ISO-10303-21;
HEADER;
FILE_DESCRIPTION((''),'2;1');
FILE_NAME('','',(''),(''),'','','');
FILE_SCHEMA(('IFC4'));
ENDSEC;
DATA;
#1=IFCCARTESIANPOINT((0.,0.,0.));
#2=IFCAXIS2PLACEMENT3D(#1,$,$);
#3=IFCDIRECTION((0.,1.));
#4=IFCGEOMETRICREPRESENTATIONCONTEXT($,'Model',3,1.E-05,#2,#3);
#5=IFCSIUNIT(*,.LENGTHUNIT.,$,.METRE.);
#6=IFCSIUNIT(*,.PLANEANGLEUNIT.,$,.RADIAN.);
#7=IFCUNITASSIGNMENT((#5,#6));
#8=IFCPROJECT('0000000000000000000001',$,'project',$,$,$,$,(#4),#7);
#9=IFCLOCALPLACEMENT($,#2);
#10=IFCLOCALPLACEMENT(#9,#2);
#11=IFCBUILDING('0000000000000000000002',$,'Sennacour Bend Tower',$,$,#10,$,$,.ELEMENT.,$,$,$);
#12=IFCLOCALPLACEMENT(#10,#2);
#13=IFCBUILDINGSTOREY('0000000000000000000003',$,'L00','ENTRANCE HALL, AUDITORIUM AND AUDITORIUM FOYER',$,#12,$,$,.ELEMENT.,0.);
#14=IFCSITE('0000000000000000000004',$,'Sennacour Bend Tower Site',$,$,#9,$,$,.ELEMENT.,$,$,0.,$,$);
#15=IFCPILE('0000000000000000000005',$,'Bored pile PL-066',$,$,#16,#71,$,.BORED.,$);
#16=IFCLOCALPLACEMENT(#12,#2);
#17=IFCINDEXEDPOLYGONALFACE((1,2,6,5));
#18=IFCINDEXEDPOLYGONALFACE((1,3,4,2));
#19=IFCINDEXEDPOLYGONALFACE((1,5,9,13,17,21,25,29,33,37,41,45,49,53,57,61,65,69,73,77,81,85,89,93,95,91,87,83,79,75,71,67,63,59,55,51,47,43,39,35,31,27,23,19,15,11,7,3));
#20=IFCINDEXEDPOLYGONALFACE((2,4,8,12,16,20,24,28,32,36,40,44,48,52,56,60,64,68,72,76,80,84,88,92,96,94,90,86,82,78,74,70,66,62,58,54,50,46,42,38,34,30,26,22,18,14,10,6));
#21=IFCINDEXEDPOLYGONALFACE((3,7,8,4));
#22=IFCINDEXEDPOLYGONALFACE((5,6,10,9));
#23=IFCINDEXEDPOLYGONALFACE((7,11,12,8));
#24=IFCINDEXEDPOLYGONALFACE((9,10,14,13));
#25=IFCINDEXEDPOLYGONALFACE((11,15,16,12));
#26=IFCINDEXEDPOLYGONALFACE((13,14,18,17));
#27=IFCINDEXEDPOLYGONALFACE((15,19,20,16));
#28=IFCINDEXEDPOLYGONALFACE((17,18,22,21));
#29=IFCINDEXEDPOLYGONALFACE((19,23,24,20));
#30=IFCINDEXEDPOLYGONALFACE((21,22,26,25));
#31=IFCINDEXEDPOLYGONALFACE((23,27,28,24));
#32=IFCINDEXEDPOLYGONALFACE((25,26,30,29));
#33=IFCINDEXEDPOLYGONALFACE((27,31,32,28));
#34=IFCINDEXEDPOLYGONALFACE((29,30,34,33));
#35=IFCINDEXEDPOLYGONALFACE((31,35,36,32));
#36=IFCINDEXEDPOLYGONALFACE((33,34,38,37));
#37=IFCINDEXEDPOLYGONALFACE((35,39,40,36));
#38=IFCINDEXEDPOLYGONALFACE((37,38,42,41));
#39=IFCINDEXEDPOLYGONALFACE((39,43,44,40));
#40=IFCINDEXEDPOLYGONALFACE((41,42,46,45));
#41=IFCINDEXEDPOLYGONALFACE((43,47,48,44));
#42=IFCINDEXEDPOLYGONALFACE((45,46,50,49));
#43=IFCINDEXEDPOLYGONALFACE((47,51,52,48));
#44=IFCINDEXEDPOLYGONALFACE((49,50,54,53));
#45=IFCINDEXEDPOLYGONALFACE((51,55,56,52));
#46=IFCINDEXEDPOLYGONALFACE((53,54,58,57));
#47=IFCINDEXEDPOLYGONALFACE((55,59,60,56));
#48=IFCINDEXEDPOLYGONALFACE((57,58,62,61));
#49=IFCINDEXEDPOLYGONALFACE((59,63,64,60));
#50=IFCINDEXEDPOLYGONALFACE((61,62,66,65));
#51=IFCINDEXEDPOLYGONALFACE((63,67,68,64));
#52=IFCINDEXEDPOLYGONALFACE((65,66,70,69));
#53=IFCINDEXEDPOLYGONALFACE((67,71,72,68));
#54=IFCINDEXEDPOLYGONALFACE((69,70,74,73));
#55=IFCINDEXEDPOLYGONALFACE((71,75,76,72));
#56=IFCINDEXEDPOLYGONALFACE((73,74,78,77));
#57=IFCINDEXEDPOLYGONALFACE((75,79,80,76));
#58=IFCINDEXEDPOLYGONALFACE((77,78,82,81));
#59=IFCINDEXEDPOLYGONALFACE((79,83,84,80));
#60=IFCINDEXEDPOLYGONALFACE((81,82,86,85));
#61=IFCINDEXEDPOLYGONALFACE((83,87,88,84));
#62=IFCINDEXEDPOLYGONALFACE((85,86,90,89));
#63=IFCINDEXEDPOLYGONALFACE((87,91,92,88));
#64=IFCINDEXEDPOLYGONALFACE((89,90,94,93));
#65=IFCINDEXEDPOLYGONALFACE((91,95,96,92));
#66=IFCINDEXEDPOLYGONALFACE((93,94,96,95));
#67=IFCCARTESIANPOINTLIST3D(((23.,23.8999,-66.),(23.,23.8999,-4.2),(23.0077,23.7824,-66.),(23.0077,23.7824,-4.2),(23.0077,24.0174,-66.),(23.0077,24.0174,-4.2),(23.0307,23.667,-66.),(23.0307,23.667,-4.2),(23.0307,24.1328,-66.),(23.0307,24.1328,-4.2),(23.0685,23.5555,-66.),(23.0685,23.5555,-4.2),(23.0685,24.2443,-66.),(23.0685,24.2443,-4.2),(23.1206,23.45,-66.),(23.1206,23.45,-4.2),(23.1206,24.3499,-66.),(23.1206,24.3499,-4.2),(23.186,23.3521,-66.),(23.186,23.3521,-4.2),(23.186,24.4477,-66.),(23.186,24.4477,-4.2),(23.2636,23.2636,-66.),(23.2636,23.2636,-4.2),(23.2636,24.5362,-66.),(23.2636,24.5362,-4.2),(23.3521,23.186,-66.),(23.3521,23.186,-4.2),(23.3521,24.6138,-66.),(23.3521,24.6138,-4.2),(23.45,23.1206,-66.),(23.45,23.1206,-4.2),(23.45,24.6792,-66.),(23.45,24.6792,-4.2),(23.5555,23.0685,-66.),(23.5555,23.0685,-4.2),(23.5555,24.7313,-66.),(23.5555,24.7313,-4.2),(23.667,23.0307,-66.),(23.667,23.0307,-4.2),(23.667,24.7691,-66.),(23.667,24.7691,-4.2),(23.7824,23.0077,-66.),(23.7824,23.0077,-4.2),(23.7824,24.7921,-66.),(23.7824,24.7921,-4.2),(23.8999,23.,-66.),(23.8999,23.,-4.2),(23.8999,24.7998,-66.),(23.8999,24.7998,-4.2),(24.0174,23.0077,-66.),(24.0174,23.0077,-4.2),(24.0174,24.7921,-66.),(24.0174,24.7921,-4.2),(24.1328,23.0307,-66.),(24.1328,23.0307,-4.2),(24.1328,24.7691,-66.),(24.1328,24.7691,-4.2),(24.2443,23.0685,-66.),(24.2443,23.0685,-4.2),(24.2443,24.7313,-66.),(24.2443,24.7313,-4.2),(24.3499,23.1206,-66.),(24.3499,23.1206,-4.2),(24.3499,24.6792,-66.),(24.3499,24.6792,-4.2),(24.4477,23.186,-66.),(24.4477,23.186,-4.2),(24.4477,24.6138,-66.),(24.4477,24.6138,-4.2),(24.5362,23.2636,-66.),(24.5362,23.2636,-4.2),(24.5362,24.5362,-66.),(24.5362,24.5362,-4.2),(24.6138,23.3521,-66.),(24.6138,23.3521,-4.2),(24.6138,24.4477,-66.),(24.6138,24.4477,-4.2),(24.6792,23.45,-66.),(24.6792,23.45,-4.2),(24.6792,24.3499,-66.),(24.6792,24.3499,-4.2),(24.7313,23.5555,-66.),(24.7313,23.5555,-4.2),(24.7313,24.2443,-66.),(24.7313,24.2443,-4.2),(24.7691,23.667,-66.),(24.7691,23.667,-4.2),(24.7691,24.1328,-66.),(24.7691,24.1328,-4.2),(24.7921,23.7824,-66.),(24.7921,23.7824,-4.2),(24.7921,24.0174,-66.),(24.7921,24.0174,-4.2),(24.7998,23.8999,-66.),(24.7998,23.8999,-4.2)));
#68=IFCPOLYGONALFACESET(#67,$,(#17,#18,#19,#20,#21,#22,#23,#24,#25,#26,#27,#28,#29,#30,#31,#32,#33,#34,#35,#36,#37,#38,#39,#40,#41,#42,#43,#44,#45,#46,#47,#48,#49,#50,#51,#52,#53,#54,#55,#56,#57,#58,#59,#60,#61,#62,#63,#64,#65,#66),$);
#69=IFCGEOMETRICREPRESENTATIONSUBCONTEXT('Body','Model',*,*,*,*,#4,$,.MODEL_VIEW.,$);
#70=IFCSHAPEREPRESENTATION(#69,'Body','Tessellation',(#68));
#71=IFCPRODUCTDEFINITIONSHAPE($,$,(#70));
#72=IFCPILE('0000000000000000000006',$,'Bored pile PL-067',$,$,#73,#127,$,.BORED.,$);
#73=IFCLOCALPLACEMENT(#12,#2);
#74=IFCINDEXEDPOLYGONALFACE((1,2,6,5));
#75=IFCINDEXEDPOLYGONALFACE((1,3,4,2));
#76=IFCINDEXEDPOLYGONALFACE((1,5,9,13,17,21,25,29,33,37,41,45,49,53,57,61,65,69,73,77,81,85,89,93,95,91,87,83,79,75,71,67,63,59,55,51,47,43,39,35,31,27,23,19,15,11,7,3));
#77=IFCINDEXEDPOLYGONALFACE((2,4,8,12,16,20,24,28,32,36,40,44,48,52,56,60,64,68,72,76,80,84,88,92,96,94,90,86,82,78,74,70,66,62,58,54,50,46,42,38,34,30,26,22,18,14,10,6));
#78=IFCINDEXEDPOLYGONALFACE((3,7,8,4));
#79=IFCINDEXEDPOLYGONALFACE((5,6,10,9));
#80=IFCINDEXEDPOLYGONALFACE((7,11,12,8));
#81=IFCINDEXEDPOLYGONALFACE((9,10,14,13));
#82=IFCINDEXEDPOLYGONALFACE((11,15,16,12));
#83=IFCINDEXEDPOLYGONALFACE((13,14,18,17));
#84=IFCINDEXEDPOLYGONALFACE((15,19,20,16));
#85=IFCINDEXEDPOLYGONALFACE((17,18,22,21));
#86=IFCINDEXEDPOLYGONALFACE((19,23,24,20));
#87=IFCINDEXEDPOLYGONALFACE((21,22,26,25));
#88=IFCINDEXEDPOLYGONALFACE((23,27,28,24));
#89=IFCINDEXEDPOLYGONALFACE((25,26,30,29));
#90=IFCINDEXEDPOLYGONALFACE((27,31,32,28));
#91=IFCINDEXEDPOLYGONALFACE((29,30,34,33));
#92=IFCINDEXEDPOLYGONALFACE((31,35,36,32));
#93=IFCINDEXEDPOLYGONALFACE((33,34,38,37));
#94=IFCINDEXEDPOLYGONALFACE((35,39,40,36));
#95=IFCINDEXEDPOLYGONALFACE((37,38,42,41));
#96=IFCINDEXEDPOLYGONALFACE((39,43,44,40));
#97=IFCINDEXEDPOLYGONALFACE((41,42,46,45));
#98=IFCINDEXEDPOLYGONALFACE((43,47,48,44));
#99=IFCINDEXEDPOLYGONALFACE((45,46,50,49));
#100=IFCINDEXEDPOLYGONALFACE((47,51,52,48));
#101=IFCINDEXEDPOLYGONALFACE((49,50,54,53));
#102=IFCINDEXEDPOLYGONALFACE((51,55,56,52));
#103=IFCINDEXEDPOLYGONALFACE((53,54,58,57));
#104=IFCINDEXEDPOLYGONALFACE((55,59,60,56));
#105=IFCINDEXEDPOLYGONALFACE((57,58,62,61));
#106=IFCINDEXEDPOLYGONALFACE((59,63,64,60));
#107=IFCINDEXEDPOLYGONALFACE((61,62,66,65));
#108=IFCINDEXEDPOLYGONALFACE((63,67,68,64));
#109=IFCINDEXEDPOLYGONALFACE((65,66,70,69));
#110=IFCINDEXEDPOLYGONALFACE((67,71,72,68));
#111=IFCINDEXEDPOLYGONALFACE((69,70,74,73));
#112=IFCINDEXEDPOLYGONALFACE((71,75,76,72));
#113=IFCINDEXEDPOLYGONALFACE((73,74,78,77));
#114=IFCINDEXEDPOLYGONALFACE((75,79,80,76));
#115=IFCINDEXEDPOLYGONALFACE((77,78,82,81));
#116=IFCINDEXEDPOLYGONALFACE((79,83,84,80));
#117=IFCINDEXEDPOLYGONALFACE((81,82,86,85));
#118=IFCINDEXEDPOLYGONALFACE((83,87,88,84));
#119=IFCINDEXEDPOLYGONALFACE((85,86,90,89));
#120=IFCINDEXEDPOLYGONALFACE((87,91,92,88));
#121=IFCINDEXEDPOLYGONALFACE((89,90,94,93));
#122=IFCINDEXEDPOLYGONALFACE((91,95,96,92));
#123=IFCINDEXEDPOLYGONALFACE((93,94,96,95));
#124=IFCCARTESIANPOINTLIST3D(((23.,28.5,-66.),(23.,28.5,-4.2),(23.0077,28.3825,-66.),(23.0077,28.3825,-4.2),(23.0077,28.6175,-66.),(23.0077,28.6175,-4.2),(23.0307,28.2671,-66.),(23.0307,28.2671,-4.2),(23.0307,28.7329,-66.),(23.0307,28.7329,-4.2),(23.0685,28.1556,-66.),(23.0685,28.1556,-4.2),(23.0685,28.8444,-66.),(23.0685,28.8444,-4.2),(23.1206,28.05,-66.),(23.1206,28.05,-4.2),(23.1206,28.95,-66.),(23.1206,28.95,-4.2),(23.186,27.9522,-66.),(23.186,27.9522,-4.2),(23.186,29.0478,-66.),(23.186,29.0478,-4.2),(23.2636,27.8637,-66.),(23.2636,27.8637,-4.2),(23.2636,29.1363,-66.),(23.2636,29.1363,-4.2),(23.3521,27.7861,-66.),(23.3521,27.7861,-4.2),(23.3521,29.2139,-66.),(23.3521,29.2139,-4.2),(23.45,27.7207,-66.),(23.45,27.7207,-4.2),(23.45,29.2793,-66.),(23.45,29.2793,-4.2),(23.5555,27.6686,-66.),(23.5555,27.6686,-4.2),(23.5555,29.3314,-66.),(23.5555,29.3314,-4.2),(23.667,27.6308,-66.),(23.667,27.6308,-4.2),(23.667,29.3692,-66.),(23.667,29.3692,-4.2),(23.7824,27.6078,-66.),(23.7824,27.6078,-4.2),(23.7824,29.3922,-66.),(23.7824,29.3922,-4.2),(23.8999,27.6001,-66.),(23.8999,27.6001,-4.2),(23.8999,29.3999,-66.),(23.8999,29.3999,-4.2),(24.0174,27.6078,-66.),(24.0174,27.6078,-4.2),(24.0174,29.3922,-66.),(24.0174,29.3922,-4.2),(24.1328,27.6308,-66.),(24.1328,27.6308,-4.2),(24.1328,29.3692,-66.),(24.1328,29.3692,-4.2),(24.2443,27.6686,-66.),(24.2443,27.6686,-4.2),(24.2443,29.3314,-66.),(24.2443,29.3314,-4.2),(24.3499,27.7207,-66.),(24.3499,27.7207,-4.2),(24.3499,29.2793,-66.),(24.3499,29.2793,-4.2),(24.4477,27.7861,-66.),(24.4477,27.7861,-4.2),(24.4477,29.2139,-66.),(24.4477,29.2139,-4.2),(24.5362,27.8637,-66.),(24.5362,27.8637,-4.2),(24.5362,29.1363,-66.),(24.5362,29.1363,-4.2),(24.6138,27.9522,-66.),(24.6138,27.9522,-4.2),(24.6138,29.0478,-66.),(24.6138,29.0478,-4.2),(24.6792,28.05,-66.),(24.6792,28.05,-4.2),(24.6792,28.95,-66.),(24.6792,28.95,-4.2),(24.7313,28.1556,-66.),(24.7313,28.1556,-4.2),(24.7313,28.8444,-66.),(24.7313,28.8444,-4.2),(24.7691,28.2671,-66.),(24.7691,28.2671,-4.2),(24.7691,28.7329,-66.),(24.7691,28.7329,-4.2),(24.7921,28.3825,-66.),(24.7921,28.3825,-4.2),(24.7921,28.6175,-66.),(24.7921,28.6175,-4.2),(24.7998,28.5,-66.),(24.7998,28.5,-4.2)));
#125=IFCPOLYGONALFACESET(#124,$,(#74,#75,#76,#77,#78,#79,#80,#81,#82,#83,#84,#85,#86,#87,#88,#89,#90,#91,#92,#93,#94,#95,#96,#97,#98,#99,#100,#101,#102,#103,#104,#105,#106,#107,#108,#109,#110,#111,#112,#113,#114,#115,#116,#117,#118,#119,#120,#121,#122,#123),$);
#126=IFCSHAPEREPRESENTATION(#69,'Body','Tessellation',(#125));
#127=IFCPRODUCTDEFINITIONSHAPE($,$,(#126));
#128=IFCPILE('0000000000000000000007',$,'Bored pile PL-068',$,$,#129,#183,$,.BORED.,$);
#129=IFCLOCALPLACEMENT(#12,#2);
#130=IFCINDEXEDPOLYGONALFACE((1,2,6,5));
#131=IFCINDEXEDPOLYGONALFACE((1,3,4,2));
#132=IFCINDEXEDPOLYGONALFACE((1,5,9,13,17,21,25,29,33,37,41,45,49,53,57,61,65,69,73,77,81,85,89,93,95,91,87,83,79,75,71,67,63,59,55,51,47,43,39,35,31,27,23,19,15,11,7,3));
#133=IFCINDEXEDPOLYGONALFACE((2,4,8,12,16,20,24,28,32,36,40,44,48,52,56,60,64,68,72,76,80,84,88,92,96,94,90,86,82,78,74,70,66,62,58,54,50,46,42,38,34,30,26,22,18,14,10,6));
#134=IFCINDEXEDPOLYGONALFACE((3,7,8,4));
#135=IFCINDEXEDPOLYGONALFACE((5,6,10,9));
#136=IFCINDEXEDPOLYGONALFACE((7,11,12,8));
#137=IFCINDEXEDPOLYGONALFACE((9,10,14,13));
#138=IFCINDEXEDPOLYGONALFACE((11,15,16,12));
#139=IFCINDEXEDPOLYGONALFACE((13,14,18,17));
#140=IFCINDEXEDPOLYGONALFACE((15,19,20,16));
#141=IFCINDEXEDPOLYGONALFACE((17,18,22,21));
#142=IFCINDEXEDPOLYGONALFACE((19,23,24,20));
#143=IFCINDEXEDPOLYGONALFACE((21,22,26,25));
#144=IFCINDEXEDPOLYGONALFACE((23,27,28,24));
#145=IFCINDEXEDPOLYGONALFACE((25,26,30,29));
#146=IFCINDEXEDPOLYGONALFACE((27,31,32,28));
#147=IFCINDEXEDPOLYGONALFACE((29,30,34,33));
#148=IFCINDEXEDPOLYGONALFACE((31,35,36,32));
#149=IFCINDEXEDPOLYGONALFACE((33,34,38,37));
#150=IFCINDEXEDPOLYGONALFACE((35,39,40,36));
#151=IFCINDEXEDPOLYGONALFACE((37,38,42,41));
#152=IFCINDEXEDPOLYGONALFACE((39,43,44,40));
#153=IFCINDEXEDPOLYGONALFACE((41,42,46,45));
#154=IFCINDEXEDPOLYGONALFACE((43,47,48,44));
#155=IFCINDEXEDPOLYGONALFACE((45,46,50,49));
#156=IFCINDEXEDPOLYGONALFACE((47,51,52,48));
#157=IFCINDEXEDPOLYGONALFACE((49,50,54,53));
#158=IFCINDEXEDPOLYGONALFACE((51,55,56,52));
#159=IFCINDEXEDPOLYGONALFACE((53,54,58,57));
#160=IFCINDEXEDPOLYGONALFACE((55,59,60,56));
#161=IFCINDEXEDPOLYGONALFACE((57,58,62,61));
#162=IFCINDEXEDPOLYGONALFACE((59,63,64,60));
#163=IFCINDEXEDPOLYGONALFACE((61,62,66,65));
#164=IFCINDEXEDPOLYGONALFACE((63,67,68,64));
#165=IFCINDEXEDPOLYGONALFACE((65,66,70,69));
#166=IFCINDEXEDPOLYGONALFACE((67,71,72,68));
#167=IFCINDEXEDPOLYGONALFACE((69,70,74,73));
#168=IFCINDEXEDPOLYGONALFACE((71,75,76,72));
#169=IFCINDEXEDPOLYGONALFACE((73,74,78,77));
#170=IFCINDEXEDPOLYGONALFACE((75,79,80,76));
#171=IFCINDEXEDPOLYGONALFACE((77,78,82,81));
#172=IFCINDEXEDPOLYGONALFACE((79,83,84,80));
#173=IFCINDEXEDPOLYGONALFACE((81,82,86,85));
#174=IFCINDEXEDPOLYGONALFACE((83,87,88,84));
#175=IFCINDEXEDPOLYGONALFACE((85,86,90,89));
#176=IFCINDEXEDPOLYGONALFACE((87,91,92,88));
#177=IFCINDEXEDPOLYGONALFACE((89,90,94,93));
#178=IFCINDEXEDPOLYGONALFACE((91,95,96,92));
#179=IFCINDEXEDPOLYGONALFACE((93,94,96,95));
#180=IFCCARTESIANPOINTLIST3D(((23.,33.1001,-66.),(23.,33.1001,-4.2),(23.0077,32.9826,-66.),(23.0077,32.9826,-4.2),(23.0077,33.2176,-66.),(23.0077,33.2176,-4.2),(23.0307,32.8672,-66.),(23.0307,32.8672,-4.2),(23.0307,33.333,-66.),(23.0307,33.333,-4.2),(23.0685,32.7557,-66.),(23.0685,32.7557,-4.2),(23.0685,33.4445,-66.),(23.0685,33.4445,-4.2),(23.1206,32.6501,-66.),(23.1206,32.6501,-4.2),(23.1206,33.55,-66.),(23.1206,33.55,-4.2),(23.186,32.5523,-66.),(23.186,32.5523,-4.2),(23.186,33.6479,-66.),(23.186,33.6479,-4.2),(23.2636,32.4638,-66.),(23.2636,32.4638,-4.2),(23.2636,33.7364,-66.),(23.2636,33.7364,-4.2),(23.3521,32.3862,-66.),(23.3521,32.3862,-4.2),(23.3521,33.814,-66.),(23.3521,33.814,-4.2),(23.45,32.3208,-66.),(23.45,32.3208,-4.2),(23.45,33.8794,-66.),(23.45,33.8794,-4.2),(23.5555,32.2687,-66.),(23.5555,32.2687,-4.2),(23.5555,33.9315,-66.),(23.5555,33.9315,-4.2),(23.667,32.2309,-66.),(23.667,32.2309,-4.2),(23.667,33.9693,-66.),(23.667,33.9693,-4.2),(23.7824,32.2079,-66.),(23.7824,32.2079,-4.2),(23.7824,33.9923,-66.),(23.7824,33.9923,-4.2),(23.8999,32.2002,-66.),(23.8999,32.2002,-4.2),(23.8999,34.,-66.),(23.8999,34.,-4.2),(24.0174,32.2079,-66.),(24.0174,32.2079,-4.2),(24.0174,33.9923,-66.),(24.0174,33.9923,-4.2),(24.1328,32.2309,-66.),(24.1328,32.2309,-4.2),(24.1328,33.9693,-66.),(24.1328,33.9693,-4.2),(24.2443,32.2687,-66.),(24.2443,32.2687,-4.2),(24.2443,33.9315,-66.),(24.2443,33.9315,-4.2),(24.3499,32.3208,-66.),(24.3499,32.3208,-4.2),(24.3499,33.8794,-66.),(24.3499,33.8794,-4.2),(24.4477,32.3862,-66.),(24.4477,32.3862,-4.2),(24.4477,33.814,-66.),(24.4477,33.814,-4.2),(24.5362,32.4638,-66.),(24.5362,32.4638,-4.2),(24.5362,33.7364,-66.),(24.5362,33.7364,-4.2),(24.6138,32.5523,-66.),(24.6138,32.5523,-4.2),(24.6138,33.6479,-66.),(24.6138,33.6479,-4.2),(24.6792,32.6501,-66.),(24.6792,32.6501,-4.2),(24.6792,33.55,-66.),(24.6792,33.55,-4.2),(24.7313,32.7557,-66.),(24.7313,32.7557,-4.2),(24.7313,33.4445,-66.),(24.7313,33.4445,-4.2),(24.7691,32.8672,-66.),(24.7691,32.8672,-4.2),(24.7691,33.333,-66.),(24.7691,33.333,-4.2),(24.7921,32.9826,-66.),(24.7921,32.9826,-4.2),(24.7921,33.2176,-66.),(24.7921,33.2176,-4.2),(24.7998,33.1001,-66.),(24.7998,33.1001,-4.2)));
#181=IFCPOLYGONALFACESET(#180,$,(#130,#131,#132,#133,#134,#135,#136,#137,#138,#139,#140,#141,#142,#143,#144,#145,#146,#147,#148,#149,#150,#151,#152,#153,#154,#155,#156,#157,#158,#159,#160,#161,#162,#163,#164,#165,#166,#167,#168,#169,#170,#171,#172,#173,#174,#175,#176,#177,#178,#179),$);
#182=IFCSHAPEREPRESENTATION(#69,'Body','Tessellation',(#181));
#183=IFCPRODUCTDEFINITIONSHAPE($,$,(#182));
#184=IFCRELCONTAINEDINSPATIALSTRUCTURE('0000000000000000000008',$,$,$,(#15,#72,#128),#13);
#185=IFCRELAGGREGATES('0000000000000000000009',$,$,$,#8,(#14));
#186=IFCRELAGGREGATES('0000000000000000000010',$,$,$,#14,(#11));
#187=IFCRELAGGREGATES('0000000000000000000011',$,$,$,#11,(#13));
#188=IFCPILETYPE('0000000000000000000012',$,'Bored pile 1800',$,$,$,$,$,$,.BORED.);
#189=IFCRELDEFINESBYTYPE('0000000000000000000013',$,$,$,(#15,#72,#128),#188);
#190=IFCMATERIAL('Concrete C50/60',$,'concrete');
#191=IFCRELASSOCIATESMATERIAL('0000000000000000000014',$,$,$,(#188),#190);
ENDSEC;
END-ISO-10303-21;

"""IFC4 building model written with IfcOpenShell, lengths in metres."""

from ifc_helpers import new_model, si_unit, direction, frame, origin, origin_2d, place, context, subcontext, project, spatial, circle, extrude, material, material_profile, profile_set, type_object, element, save


model = new_model("IFC4")

# Units and contexts
model_context = context("Model", 3, precision=1e-05, world=origin(), true_north=direction((0.0, 1.0)))
body_context = subcontext(model_context, "Body", "Model", "MODEL_VIEW")
ifc_project = project(units=[si_unit("LENGTHUNIT", "METRE"), si_unit("PLANEANGLEUNIT", "RADIAN")], contexts=[model_context])

# Site, building, storey
site_placement = place(None, origin())
site = spatial("IfcSite", under=ifc_project, at=site_placement, Name="Sennacour Bend Tower Site", CompositionType="ELEMENT", RefElevation=0.0)
building_placement = place(site_placement, origin())
building = spatial("IfcBuilding", under=site, at=building_placement, Name="Sennacour Bend Tower", CompositionType="ELEMENT")
storey_placement = place(building_placement, origin())
storey = spatial("IfcBuildingStorey", under=building, at=storey_placement, Name="L00", Description="ENTRANCE HALL, AUDITORIUM AND AUDITORIUM FOYER", CompositionType="ELEMENT", Elevation=0.0)

# Piles
ifc_material_1 = material(Name="Concrete C50/60", Category="concrete")
ifc_material_profile_1 = material_profile(ifc_material_1, circle(Radius=0.8999, at=origin_2d()), Name="Concrete C50/60", Category="concrete")
ifc_profile_set_1 = profile_set([ifc_material_profile_1], Name="Concrete C50/60")
pile_type = type_object("IfcPileType", Name="Bored pile 1800", PredefinedType="BORED", material=ifc_profile_set_1)
for number, where, z_axis, x_axis, name in (
    (1, (23.8999, 23.8999, -4.2), (0.0, 0.0, -1.0), (1.0, 0.0, 0.0), "Bored pile PL-066"),
    (2, (23.8999, 28.5, -4.2), (0.0, 0.0, -1.0), (1.0, 0.0, 0.0), "Bored pile PL-067"),
    (3, (23.8999, 33.1001, -4.2), (0.0, 0.0, -1.0), (1.0, 0.0, 0.0), "Bored pile PL-068"),
):
    element("IfcPile", number, at=place(storey_placement, frame(where, z_axis=z_axis, x_axis=x_axis)), inside=storey, type_object=pile_type, Name=name, PredefinedType="BORED", context=body_context, shape_type="SweptSolid", body=[
        extrude(circle(Radius=0.8999, at=origin_2d()), origin(), (0.0, 0.0, 1.0), 61.8),
    ])

save(model, "model.ifc")
